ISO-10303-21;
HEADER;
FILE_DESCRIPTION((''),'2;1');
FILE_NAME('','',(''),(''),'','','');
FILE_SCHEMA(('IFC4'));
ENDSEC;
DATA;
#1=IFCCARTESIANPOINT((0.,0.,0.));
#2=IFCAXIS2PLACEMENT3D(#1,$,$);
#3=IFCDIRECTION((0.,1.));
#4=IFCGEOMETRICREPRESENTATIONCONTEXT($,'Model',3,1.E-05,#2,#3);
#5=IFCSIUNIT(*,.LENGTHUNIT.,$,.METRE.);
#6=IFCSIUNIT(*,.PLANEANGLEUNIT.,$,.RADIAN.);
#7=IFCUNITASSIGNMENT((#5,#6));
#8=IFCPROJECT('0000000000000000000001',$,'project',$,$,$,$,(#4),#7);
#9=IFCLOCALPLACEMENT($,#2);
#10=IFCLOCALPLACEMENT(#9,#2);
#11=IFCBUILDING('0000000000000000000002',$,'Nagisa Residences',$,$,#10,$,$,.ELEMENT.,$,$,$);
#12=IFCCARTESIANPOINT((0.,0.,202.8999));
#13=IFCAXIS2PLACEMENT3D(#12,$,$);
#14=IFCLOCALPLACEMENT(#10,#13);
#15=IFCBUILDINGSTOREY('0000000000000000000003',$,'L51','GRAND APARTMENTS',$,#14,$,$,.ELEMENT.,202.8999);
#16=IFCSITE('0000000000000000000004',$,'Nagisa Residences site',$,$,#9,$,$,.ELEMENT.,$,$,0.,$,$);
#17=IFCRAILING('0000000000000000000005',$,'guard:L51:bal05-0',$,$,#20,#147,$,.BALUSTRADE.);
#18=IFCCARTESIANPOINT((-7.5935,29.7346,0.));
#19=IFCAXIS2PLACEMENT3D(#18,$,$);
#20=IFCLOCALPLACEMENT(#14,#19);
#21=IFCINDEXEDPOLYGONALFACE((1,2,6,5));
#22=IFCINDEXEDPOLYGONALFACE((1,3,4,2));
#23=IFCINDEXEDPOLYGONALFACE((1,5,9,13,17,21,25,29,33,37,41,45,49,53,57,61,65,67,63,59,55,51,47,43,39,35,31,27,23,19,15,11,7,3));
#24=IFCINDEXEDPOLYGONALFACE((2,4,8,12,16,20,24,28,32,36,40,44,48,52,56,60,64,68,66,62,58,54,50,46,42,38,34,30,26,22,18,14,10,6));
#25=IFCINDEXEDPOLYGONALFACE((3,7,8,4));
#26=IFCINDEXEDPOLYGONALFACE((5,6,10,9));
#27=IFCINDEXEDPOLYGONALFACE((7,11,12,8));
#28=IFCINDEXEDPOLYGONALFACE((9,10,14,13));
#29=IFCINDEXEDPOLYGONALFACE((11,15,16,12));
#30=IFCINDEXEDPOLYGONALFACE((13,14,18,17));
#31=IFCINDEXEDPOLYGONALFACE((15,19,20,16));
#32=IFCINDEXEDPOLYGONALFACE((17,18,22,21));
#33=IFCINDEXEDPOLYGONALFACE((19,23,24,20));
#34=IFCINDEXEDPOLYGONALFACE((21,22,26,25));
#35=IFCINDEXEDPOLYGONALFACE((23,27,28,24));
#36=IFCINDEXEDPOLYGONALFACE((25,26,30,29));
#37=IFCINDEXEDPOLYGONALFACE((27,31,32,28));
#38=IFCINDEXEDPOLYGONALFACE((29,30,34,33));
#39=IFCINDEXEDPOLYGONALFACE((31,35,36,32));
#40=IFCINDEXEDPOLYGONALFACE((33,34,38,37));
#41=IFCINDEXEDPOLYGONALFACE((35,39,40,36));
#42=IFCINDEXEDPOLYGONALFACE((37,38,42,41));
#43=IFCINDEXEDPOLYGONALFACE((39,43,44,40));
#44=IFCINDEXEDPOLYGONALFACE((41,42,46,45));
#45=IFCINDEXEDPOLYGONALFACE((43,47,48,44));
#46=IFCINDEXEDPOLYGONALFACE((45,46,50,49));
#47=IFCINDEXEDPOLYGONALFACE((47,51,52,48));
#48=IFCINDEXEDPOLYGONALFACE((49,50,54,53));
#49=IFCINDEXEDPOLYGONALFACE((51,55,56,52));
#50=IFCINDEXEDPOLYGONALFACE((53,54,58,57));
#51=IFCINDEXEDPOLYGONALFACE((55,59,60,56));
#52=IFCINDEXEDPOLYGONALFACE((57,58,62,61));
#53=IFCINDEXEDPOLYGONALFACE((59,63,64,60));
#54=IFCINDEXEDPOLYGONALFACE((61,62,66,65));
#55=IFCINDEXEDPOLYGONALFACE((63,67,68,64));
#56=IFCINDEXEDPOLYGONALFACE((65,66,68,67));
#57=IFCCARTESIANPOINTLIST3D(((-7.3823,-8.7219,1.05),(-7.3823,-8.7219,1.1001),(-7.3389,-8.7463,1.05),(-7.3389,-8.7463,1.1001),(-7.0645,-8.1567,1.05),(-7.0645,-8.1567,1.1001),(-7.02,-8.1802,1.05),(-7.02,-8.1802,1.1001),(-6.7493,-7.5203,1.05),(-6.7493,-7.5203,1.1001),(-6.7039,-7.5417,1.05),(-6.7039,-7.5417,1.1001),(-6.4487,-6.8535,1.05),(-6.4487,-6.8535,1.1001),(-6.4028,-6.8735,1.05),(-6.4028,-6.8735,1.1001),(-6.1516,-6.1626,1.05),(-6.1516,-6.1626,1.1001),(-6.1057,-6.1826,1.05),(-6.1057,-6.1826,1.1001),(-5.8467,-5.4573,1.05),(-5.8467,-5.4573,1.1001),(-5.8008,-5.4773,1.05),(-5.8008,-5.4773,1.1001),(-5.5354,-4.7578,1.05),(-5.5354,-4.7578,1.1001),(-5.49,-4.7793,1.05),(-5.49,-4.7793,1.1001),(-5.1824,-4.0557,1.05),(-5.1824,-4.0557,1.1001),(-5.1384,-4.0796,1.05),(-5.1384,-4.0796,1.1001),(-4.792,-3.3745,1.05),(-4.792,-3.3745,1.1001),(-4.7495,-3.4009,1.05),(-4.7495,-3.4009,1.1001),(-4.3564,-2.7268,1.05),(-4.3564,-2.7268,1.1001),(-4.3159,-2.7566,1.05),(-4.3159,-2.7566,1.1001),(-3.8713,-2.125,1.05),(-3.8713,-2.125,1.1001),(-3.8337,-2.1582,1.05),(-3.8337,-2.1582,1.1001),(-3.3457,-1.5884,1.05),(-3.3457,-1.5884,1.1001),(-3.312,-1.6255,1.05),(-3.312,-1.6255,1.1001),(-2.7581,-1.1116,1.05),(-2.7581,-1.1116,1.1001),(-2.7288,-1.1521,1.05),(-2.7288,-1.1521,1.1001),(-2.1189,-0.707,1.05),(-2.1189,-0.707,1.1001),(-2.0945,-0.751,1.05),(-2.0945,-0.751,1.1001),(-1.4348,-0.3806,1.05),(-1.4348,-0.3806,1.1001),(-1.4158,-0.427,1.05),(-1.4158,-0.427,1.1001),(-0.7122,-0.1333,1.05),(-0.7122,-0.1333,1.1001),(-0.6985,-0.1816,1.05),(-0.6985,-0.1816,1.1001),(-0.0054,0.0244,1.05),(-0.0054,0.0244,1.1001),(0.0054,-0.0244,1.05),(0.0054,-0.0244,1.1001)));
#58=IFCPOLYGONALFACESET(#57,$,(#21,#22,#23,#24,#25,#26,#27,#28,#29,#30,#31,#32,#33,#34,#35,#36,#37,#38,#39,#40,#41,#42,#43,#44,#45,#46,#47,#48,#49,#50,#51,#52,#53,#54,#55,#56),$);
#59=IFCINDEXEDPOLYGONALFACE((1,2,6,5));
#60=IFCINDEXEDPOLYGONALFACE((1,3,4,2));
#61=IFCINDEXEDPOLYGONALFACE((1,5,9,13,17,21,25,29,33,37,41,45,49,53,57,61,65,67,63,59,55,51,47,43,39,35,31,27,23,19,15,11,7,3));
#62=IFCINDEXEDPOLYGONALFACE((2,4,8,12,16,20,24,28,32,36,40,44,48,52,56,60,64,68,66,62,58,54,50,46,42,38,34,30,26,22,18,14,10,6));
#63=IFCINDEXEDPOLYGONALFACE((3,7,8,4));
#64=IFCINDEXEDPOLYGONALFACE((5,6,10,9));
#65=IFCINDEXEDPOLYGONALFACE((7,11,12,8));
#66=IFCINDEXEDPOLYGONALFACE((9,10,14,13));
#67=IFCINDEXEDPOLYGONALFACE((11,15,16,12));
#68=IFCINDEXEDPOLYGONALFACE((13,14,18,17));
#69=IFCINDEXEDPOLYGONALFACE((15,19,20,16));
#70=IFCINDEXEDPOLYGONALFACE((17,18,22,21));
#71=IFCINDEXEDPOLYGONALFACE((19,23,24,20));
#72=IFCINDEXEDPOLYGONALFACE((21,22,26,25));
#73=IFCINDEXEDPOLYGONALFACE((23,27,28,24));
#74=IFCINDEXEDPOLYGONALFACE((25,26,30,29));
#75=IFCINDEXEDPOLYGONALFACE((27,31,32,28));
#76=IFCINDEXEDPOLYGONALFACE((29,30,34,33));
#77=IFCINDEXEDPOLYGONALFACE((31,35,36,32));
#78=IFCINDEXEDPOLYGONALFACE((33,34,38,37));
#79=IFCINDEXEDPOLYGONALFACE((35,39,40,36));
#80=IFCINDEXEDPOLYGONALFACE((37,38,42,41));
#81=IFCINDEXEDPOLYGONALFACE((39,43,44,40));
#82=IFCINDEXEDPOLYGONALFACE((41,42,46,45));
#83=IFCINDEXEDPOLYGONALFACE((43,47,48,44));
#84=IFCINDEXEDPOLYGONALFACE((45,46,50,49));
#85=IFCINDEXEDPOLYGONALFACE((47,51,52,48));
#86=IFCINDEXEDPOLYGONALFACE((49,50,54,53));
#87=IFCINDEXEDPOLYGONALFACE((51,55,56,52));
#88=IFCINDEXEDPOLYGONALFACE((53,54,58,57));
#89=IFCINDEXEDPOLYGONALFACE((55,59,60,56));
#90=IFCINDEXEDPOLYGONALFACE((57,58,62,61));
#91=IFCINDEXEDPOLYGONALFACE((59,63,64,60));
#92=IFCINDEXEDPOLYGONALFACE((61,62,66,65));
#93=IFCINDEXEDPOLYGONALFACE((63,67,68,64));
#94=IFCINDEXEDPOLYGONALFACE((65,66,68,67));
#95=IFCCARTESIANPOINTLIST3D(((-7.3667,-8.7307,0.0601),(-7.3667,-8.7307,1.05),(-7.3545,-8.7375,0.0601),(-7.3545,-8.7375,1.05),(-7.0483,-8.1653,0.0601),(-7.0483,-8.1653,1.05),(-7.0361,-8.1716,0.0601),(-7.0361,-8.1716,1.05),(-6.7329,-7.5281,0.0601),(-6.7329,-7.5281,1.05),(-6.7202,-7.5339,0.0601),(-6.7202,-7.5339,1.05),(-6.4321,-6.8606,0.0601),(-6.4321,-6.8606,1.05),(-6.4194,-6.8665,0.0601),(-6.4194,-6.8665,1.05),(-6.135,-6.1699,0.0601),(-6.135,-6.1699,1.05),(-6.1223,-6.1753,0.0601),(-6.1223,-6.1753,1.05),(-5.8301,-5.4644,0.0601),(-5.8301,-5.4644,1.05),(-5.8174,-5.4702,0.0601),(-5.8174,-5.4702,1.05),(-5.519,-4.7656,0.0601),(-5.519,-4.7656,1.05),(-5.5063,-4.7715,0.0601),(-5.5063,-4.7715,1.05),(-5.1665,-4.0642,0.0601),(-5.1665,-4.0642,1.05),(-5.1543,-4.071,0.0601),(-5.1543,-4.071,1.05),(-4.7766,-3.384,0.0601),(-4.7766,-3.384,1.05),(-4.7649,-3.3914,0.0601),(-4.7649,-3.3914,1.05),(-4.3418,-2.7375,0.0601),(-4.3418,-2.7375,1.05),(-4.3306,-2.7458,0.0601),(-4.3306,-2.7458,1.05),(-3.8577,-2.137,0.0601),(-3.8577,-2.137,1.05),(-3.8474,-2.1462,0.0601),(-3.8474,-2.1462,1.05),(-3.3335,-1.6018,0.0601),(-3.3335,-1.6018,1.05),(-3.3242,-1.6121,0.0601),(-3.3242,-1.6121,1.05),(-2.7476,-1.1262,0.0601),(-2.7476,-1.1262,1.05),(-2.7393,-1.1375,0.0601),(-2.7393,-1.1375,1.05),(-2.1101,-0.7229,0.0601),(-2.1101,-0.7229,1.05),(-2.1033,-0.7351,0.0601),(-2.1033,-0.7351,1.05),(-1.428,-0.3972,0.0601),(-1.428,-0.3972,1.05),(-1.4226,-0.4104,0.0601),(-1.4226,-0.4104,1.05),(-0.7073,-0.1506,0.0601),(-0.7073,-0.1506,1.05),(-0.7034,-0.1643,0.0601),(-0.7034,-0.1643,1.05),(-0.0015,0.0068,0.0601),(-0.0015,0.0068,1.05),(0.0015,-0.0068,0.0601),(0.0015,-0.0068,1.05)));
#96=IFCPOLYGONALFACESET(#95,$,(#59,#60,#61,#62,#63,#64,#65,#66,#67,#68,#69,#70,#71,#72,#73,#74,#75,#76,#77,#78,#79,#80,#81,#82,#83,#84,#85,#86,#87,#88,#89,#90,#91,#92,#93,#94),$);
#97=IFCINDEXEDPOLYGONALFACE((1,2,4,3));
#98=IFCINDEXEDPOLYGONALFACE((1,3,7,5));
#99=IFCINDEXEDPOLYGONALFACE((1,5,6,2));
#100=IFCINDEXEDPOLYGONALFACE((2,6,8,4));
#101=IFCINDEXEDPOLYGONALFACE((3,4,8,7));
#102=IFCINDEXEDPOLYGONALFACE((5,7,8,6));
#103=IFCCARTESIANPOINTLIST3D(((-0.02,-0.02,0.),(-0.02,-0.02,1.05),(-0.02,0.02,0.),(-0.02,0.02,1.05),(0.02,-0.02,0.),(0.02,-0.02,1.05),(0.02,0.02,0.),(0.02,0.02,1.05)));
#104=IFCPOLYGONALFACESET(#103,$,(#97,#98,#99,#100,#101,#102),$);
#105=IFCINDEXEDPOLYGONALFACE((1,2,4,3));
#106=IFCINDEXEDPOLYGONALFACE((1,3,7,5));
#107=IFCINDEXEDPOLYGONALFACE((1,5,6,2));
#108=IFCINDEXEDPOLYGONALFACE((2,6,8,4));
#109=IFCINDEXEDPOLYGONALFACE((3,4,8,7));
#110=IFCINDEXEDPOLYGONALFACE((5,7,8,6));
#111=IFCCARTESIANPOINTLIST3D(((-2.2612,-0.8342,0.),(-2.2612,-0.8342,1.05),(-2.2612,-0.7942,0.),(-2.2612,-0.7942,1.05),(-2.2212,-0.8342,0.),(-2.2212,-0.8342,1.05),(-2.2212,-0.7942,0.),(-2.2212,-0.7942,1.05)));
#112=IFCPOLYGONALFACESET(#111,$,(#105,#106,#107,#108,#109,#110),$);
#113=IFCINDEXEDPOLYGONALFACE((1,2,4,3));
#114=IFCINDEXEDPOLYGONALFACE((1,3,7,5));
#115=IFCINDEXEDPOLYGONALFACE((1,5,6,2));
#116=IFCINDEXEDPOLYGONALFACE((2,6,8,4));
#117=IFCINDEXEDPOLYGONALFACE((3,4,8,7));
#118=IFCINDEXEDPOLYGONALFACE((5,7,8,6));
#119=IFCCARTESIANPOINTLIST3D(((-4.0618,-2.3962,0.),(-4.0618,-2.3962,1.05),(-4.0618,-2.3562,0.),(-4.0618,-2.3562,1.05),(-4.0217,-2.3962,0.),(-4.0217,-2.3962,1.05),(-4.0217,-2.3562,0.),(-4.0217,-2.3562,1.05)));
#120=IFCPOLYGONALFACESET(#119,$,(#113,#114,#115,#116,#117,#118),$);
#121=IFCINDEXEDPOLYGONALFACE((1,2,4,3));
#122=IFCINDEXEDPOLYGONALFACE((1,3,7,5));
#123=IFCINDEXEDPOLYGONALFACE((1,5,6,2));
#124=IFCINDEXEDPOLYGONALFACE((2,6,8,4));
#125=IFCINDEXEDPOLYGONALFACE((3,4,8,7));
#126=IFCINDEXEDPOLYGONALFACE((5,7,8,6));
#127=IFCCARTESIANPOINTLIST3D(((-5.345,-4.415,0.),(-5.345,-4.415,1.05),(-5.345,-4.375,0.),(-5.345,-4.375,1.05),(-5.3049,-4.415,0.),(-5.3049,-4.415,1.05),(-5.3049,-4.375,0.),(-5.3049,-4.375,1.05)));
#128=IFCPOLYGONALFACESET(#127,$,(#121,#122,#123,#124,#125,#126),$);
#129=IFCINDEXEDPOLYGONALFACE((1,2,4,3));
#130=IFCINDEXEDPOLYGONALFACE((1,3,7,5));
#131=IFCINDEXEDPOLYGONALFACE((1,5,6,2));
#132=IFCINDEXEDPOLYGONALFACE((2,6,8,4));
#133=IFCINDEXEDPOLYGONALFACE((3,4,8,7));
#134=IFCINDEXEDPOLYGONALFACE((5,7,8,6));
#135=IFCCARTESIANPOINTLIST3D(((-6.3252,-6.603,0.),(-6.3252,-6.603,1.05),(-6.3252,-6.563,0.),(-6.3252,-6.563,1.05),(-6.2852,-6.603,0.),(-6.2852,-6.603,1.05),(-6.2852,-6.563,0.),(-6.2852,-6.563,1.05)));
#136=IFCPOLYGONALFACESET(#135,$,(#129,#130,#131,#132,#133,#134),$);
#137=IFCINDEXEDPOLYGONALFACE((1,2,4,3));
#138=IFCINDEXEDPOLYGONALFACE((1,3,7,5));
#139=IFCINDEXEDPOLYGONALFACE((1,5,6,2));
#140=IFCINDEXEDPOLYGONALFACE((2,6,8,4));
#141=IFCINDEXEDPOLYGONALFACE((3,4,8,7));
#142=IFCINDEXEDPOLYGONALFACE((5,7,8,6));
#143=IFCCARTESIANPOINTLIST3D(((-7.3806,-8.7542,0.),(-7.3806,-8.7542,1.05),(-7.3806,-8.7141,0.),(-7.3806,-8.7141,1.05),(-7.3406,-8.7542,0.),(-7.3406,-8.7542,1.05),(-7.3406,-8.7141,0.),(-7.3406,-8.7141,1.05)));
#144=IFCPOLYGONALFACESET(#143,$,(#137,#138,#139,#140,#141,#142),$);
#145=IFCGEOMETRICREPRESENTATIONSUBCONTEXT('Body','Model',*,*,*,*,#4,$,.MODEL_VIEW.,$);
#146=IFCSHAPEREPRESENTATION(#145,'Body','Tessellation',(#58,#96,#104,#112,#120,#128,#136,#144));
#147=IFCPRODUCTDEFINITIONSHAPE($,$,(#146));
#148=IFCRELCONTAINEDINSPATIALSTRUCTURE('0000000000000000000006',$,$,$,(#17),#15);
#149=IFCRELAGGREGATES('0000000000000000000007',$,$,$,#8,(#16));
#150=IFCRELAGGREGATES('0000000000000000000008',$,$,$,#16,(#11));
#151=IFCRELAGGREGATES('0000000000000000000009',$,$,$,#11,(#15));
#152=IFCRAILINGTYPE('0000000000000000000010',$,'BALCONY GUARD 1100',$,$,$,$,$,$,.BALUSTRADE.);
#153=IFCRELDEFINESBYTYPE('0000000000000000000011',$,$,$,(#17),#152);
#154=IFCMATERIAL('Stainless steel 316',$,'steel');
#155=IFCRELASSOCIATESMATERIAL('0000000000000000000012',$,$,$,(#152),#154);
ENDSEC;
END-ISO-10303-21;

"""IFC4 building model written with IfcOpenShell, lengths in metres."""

from ifc_helpers import new_model, si_unit, direction, frame, origin, origin_2d, place, context, subcontext, project, spatial, polyline, rectangle, outline, extrude, material, type_object, element, save


model = new_model("IFC4")

# Units and contexts
model_context = context("Model", 3, precision=1e-05, world=origin(), true_north=direction((0.0, 1.0)))
body_context = subcontext(model_context, "Body", "Model", "MODEL_VIEW")
ifc_project = project(units=[si_unit("LENGTHUNIT", "METRE"), si_unit("PLANEANGLEUNIT", "RADIAN")], contexts=[model_context])

# Site, building, storey
site_placement = place(None, origin())
site = spatial("IfcSite", under=ifc_project, at=site_placement, Name="Nagisa Residences site", CompositionType="ELEMENT", RefElevation=0.0)
building_placement = place(site_placement, origin())
building = spatial("IfcBuilding", under=site, at=building_placement, Name="Nagisa Residences", CompositionType="ELEMENT")
storey_placement = place(building_placement, frame((0.0, 0.0, 202.8999)))
storey = spatial("IfcBuildingStorey", under=building, at=storey_placement, Name="L51", Description="GRAND APARTMENTS", CompositionType="ELEMENT", Elevation=202.8999)

# Railing
ifc_material_1 = material(Name="Stainless steel 316", Category="steel")
railing_type = type_object("IfcRailingType", Name="BALCONY GUARD 1100", PredefinedType="BALUSTRADE", material=ifc_material_1)
railing_placement = place(storey_placement, frame((-7.5935, 29.7346, 0.0)))
element("IfcRailing", 1, at=railing_placement, inside=storey, type_object=railing_type, Name="guard:L51:bal05-0", PredefinedType="BALUSTRADE", context=body_context, shape_type="SweptSolid", body=[
    extrude(outline(polyline([(-0.6985, -0.1816), (0.0054, -0.0244), (-0.0054, 0.0244), (-0.7122, -0.1333), (-1.4348, -0.3806), (-2.1189, -0.707), (-2.7581, -1.1116), (-3.3457, -1.5884), (-3.8713, -2.125), (-4.3564, -2.7268), (-4.792, -3.3745), (-5.1824, -4.0557), (-5.5354, -4.7578), (-5.8467, -5.4573), (-6.1516, -6.1626), (-6.4487, -6.8535), (-6.7493, -7.5203), (-7.0645, -8.1567), (-7.3823, -8.7219), (-7.3389, -8.7463), (-7.02, -8.1802), (-6.7039, -7.5417), (-6.4028, -6.8735), (-6.1057, -6.1826), (-5.8008, -5.4773), (-5.49, -4.7793), (-5.1384, -4.0796), (-4.7495, -3.4009), (-4.3159, -2.7566), (-3.8337, -2.1582), (-3.312, -1.6255), (-2.7288, -1.1521), (-2.0945, -0.751), (-1.4158, -0.427), (-0.6985, -0.1816)])), frame((0.0, 0.0, 1.05)), (0.0, 0.0, 1.0), 0.05),
    extrude(outline(polyline([(-0.7034, -0.1643), (0.0015, -0.0068), (-0.0015, 0.0068), (-0.7073, -0.1506), (-1.428, -0.3972), (-2.1101, -0.7229), (-2.7476, -1.1262), (-3.3335, -1.6018), (-3.8577, -2.137), (-4.3418, -2.7375), (-4.7766, -3.384), (-5.1665, -4.0642), (-5.519, -4.7656), (-5.8301, -5.4644), (-6.135, -6.1699), (-6.4321, -6.8606), (-6.7329, -7.5281), (-7.0483, -8.1653), (-7.3667, -8.7307), (-7.3545, -8.7375), (-7.0361, -8.1716), (-6.7202, -7.5339), (-6.4194, -6.8665), (-6.1223, -6.1753), (-5.8174, -5.4702), (-5.5063, -4.7715), (-5.1543, -4.071), (-4.7649, -3.3914), (-4.3306, -2.7458), (-3.8474, -2.1462), (-3.3242, -1.6121), (-2.7393, -1.1375), (-2.1033, -0.7351), (-1.4226, -0.4104), (-0.7034, -0.1643)])), frame((0.0, 0.0, 0.0601)), (0.0, 0.0, 1.0), 0.99),
    extrude(rectangle(XDim=0.04, YDim=0.04, at=origin_2d()), origin(), (0.0, 0.0, 1.0), 1.05),
    extrude(rectangle(XDim=0.04, YDim=0.04, at=origin_2d()), frame((-2.2412, -0.8142, 0.0)), (0.0, 0.0, 1.0), 1.05),
    extrude(rectangle(XDim=0.04, YDim=0.04, at=origin_2d()), frame((-4.0417, -2.3762, 0.0)), (0.0, 0.0, 1.0), 1.05),
    extrude(rectangle(XDim=0.04, YDim=0.04, at=origin_2d()), frame((-5.325, -4.395, 0.0)), (0.0, 0.0, 1.0), 1.05),
    extrude(rectangle(XDim=0.04, YDim=0.04, at=origin_2d()), frame((-6.3052, -6.583, 0.0)), (0.0, 0.0, 1.0), 1.05),
    extrude(rectangle(XDim=0.04, YDim=0.04, at=origin_2d()), frame((-7.3606, -8.7341, 0.0)), (0.0, 0.0, 1.0), 1.05),
])

save(model, "model.ifc")
